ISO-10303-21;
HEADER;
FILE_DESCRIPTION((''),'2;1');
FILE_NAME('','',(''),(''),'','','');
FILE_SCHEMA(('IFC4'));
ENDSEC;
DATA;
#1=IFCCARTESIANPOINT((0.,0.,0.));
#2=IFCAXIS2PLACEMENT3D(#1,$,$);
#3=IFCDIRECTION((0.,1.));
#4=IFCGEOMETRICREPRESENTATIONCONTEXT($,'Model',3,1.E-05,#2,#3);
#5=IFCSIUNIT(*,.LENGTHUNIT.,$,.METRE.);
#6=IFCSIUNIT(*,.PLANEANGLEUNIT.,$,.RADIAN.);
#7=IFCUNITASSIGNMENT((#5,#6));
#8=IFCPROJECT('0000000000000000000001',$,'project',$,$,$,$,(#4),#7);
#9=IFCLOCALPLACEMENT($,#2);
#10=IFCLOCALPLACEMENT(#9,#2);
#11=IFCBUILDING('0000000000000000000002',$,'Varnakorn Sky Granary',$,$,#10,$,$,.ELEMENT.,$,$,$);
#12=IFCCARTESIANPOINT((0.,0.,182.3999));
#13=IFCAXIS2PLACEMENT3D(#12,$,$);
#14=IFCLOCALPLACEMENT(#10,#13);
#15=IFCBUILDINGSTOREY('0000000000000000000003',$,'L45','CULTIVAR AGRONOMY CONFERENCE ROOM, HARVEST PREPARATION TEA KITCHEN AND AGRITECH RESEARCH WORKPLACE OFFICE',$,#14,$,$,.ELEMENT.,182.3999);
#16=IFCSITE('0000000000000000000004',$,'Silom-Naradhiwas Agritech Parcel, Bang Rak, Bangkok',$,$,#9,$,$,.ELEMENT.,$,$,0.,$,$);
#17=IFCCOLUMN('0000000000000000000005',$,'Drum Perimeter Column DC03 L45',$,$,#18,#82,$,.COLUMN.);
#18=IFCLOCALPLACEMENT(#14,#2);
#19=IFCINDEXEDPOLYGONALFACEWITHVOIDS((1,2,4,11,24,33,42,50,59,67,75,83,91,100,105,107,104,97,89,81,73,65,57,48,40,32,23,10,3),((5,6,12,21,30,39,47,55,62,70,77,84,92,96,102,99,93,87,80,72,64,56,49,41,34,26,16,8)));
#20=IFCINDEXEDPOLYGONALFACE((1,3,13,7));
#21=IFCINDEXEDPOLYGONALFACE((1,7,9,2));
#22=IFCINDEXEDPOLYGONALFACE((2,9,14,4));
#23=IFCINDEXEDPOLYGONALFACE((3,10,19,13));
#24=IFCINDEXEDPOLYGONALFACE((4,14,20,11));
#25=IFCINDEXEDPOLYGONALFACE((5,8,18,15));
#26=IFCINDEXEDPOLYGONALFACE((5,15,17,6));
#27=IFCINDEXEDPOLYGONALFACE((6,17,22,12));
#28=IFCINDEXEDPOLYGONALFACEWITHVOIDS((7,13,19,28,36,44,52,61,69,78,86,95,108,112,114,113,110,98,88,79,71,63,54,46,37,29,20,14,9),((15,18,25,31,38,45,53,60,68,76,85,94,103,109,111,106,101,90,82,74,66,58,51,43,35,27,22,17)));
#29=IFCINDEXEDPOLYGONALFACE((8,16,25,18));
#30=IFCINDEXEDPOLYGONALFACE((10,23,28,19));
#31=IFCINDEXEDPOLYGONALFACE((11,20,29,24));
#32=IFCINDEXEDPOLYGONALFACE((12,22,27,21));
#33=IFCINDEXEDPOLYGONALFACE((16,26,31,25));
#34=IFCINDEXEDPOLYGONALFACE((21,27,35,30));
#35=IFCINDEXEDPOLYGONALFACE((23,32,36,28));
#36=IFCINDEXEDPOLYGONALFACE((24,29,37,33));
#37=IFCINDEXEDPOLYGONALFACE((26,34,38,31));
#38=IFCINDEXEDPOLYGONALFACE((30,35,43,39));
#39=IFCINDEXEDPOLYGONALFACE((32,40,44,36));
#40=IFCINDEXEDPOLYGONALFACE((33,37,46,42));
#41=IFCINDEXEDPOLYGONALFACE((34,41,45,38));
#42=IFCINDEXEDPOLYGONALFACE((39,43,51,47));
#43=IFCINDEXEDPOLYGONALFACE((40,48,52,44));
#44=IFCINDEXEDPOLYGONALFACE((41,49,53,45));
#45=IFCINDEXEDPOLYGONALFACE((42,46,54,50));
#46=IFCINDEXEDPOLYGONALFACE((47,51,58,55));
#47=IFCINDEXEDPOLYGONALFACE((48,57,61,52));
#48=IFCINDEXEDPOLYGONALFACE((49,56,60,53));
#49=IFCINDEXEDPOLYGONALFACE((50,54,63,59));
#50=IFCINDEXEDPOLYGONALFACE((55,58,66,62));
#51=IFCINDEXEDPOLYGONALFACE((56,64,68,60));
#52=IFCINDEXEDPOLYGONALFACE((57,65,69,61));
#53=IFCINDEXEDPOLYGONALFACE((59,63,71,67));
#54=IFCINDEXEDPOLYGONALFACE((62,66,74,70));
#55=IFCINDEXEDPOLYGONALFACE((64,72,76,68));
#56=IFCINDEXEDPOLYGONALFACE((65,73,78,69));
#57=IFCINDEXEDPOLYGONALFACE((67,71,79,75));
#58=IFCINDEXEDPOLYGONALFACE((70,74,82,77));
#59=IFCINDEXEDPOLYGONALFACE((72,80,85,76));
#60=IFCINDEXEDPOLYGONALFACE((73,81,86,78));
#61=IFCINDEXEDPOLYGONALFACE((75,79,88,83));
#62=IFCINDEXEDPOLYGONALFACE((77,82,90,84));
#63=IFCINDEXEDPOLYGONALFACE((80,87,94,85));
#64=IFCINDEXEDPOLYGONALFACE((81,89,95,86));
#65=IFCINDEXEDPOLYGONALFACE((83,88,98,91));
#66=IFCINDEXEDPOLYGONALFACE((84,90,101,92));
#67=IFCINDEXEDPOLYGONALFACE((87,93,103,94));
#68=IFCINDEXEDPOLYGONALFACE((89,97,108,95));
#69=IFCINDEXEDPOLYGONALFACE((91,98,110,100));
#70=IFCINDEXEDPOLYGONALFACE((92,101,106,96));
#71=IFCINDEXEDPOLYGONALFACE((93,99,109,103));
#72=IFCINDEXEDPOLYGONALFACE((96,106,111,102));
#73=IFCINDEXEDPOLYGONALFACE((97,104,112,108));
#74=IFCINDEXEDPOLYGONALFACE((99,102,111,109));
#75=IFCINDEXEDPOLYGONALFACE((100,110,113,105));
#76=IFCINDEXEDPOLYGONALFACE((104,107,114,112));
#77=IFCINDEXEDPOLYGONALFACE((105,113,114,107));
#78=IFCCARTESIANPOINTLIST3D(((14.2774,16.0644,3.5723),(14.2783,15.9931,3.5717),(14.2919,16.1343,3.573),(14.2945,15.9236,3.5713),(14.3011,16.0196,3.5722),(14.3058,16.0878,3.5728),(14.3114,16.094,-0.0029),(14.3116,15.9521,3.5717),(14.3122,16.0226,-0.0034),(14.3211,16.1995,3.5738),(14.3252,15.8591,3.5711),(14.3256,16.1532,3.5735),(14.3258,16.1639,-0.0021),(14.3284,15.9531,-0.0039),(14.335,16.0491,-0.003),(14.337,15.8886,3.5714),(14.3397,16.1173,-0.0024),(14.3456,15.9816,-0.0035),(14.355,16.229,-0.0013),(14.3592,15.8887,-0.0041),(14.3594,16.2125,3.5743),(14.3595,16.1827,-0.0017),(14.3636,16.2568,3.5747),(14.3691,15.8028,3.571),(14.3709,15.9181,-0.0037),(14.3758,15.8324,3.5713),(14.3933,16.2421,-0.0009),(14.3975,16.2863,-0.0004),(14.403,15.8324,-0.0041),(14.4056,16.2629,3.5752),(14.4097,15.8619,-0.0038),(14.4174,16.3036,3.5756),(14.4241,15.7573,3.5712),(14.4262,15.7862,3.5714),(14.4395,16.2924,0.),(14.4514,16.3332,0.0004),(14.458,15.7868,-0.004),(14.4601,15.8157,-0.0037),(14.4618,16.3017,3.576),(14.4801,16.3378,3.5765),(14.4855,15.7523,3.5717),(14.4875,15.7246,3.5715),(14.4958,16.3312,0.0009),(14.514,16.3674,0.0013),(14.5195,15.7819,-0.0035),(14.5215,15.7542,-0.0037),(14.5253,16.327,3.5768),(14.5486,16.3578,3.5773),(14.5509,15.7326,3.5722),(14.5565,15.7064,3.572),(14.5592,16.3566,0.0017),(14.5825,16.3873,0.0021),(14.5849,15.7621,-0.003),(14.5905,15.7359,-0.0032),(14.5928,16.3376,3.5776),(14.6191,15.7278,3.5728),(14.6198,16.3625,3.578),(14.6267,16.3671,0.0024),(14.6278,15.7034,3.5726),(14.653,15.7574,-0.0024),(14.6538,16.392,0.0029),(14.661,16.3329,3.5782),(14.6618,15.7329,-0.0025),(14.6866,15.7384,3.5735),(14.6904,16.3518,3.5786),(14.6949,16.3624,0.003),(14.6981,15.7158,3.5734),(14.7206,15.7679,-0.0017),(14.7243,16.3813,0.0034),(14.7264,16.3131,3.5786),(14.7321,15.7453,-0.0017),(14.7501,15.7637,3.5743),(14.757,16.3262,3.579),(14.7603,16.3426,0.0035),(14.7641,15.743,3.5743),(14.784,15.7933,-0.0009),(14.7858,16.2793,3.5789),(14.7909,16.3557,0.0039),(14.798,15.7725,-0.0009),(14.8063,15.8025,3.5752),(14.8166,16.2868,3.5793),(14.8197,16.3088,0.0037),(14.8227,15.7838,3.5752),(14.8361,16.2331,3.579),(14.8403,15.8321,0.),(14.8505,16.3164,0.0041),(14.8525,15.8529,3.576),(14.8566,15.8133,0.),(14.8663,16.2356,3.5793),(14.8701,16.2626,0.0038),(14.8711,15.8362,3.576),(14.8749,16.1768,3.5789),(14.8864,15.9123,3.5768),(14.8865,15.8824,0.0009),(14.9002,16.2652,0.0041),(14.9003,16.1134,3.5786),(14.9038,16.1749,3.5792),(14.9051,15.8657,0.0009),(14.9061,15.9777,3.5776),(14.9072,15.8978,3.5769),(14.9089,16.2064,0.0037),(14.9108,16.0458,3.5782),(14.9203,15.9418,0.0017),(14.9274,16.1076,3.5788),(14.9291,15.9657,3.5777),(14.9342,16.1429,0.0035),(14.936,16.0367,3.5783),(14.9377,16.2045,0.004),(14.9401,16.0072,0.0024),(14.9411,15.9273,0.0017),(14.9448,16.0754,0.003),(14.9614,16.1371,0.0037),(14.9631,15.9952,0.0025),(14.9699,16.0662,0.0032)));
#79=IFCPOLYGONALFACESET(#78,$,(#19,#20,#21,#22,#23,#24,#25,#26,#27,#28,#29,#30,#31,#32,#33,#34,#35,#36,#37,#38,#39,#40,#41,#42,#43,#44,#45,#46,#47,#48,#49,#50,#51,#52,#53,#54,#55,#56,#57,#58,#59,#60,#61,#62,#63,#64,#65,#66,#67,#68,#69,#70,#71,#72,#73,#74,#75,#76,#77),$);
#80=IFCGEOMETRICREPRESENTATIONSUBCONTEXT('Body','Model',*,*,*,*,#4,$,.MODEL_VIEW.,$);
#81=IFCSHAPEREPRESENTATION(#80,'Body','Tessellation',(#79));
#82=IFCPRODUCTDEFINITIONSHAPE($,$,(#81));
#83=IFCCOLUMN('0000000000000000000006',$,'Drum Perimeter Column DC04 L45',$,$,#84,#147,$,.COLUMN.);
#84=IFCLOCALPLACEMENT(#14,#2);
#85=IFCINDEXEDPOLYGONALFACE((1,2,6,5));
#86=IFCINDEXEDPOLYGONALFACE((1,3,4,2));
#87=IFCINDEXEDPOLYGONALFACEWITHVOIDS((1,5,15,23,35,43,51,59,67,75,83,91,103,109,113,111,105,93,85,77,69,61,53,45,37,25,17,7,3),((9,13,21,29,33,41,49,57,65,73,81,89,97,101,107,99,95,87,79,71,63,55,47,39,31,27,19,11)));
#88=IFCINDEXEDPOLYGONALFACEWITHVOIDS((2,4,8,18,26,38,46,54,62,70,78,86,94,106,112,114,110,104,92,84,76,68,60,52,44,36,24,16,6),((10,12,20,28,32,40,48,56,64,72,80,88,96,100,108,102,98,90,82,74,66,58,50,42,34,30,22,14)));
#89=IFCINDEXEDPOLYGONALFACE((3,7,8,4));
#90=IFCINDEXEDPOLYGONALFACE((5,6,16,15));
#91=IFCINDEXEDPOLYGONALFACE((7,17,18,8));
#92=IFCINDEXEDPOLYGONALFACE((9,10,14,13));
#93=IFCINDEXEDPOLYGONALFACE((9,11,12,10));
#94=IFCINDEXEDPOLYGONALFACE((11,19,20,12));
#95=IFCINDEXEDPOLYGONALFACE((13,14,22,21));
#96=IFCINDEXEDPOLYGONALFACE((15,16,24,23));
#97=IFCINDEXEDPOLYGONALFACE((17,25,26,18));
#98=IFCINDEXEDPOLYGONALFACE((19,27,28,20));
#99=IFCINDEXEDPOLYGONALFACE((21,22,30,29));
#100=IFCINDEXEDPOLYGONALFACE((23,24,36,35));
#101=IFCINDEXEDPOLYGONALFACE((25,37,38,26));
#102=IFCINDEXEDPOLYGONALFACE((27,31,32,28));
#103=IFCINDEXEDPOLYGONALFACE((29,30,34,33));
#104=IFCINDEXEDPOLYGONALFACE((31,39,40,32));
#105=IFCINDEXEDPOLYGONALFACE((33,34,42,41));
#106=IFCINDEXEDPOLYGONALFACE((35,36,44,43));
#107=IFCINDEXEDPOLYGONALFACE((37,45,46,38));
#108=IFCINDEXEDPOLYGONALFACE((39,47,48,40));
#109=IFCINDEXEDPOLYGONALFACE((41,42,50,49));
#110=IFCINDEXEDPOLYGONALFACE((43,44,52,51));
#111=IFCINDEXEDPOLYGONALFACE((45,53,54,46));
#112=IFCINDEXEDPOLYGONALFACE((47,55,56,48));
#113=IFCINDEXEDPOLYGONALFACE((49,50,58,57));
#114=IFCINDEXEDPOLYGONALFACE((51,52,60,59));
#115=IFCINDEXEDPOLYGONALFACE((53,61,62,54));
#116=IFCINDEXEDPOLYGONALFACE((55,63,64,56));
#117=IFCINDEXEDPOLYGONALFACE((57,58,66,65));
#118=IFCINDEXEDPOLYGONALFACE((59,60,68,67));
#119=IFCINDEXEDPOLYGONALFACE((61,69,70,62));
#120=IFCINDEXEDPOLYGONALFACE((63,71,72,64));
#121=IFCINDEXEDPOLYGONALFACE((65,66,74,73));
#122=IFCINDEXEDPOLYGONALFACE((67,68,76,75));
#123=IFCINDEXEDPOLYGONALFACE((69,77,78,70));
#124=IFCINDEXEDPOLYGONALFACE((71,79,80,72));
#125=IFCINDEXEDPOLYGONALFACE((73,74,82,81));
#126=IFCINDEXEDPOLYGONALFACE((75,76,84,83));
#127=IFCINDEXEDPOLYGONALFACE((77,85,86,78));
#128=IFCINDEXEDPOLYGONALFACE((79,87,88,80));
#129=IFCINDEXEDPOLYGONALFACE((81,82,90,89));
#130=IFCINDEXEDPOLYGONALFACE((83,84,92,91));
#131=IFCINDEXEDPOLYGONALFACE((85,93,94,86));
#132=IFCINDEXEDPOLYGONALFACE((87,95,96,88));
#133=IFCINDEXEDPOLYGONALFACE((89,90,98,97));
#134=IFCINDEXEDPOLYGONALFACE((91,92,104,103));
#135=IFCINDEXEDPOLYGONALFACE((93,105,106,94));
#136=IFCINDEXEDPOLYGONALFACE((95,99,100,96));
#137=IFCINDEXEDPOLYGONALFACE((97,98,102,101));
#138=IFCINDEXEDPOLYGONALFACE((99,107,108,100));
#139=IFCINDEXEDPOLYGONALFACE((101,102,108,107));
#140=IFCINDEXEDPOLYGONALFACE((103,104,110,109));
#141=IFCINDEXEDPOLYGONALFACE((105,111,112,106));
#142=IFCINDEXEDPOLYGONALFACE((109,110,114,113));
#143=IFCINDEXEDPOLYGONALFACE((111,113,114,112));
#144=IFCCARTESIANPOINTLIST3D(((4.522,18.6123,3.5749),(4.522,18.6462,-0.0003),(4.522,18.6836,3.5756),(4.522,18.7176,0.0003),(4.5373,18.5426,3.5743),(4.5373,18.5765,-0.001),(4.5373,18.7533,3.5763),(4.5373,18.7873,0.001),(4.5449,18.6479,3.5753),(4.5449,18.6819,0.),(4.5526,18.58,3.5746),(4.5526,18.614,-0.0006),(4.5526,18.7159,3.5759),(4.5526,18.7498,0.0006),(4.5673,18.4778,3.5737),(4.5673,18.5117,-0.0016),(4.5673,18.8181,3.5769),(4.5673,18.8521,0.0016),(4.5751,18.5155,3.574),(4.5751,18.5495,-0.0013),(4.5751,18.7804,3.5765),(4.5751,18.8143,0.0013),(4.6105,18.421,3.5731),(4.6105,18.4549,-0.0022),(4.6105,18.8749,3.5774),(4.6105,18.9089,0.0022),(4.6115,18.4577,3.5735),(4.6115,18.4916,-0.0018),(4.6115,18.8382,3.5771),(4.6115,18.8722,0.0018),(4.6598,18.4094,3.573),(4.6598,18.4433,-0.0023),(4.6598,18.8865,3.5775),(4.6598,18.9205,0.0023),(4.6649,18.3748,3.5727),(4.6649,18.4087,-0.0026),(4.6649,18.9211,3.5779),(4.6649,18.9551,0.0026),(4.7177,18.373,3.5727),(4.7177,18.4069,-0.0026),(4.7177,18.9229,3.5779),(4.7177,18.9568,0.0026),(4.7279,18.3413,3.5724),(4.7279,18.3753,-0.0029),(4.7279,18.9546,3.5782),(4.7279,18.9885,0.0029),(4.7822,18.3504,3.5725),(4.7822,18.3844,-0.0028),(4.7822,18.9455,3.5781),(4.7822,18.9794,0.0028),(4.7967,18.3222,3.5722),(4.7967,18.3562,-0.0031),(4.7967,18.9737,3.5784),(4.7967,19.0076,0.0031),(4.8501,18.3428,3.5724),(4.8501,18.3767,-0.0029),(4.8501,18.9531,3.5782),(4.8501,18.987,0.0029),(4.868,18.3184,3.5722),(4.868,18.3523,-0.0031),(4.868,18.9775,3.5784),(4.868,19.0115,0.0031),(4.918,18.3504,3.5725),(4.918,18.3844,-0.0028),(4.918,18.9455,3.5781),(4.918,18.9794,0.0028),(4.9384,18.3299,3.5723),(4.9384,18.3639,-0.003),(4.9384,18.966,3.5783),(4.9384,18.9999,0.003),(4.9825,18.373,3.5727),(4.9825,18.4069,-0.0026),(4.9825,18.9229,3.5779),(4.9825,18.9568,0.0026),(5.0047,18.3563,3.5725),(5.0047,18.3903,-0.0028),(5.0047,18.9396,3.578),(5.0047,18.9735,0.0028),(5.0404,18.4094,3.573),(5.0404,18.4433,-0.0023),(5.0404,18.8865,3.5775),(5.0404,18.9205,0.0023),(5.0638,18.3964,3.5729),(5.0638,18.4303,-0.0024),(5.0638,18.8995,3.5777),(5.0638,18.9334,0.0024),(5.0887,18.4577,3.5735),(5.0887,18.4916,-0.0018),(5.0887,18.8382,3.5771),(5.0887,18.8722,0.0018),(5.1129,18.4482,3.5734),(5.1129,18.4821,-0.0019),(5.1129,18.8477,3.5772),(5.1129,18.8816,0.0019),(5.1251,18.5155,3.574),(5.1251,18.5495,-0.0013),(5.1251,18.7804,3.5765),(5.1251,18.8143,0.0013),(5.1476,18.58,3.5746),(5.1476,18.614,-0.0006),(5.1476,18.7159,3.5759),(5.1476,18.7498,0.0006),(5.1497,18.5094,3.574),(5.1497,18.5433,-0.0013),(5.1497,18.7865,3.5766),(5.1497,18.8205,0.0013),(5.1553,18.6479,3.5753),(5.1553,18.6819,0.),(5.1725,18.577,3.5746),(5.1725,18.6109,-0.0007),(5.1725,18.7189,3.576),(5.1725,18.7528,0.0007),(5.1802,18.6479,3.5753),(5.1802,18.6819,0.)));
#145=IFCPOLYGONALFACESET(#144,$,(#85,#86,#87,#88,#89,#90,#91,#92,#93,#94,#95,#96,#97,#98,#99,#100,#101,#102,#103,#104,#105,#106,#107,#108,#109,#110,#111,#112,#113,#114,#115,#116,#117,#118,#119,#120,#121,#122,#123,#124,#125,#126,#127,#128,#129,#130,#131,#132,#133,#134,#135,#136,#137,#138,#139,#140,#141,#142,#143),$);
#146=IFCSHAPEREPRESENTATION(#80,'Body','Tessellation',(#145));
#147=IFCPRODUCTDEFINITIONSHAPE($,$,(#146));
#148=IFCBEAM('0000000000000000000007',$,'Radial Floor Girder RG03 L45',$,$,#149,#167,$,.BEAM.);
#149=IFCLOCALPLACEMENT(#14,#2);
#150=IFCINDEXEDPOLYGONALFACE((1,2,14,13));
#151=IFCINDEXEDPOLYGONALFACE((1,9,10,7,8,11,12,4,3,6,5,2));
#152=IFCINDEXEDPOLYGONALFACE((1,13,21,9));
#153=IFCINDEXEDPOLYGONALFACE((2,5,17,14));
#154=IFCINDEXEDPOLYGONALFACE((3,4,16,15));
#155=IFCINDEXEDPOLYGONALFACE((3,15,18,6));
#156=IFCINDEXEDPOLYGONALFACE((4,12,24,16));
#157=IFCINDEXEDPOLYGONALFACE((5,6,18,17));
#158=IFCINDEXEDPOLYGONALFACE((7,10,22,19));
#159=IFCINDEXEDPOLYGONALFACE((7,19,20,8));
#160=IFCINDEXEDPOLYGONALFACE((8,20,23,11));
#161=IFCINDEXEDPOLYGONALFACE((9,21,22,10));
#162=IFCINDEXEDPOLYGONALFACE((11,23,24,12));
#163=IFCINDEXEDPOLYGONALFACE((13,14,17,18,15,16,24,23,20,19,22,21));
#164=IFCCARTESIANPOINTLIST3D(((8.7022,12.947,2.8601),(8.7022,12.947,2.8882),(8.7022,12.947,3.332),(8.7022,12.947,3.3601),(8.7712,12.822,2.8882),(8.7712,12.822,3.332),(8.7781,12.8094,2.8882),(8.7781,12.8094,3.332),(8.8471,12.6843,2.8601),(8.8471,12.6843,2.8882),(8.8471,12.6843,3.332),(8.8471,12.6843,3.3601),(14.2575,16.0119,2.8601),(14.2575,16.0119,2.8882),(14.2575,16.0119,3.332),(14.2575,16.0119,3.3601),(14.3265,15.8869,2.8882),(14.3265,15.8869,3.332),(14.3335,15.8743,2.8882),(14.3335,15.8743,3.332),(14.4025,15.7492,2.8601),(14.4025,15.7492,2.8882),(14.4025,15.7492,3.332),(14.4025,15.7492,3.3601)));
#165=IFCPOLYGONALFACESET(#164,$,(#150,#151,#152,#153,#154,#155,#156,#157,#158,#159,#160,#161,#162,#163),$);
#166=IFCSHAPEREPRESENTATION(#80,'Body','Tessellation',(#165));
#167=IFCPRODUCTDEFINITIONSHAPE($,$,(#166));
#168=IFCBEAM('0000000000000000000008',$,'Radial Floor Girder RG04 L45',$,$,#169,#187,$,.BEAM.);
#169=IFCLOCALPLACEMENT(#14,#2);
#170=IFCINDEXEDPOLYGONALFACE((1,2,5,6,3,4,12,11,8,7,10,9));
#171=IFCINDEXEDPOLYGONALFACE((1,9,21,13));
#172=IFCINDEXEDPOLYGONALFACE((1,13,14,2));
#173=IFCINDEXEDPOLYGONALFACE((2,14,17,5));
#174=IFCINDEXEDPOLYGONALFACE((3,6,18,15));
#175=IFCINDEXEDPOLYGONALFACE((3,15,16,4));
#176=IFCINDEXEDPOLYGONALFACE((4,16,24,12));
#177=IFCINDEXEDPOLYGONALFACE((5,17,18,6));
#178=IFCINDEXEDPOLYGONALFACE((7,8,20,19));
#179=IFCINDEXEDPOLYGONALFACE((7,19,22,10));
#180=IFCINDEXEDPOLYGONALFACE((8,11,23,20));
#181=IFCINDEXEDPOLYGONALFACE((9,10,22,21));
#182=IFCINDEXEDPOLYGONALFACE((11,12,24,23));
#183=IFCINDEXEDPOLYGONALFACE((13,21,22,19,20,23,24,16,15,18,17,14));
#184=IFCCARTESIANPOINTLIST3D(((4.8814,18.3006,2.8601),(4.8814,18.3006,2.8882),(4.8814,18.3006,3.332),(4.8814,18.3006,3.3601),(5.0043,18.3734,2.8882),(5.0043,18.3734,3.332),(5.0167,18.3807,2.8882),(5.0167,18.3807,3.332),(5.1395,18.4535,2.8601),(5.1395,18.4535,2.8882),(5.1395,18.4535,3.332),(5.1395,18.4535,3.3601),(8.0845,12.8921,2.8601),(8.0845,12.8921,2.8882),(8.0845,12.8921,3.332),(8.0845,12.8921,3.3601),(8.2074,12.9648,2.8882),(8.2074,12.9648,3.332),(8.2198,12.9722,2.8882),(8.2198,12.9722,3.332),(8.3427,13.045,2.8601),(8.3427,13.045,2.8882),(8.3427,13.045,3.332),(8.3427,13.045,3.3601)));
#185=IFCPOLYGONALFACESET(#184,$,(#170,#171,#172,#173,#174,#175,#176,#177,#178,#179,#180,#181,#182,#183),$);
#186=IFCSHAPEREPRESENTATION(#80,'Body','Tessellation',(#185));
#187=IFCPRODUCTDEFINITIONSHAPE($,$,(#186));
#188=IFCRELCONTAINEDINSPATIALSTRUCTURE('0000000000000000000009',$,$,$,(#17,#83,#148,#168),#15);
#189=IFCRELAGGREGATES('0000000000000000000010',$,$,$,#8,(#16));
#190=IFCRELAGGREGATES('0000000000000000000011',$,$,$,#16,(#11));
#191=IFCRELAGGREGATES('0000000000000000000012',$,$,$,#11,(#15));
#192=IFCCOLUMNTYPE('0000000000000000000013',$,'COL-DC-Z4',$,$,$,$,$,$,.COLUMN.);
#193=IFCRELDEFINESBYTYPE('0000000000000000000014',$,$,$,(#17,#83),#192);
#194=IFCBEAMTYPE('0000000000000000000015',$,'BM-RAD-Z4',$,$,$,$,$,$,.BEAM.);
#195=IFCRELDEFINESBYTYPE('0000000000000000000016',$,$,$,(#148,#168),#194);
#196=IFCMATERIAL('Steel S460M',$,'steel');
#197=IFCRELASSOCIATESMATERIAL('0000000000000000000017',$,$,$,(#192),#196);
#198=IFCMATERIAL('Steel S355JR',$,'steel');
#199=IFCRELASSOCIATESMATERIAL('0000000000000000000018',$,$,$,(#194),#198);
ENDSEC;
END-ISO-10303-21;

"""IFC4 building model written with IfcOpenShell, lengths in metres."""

from ifc_helpers import new_model, si_unit, direction, frame, origin, origin_2d, place, context, subcontext, project, spatial, hollow_circle, i_section, extrude, material, material_profile, profile_set, type_object, element, save


model = new_model("IFC4")

# Units and contexts
model_context = context("Model", 3, precision=1e-05, world=origin(), true_north=direction((0.0, 1.0)))
body_context = subcontext(model_context, "Body", "Model", "MODEL_VIEW")
ifc_project = project(units=[si_unit("LENGTHUNIT", "METRE"), si_unit("PLANEANGLEUNIT", "RADIAN")], contexts=[model_context])

# Site, building, storey
site_placement = place(None, origin())
site = spatial("IfcSite", under=ifc_project, at=site_placement, Name="Silom-Naradhiwas Agritech Parcel, Bang Rak, Bangkok", CompositionType="ELEMENT", RefElevation=0.0)
building_placement = place(site_placement, origin())
building = spatial("IfcBuilding", under=site, at=building_placement, Name="Varnakorn Sky Granary", CompositionType="ELEMENT")
storey_placement = place(building_placement, frame((0.0, 0.0, 182.3999)))
storey = spatial("IfcBuildingStorey", under=building, at=storey_placement, Name="L45", Description="CULTIVAR AGRONOMY CONFERENCE ROOM, HARVEST PREPARATION TEA KITCHEN AND AGRITECH RESEARCH WORKPLACE OFFICE", CompositionType="ELEMENT", Elevation=182.3999)

# Columns
ifc_material_1 = material(Name="Steel S460M", Category="steel")
ifc_material_profile_1 = material_profile(ifc_material_1, hollow_circle(Radius=0.3301, WallThickness=0.0249, at=origin_2d()), Name="CHS 660x25")
ifc_profile_set_1 = profile_set([ifc_material_profile_1], Name="Steel S460M")
column_type = type_object("IfcColumnType", Name="COL-DC-Z4", PredefinedType="COLUMN", material=ifc_profile_set_1)
for number, where, z_axis, x_axis, name in (
    (1, (14.6399, 16.0623, 0.0), (-0.009491, -0.008262, 0.999921), (0.656582, -0.754255, 0.0), "Drum Perimeter Column DC03 L45"),
    (2, (4.8501, 18.6819, 0.0), (0.0, -0.009492, 0.999955), (1.0, 0.0, 0.0), "Drum Perimeter Column DC04 L45"),
):
    element("IfcColumn", number, at=place(storey_placement, frame(where, z_axis=z_axis, x_axis=x_axis)), inside=storey, type_object=column_type, Name=name, PredefinedType="COLUMN", context=body_context, shape_type="SweptSolid", body=[
        extrude(hollow_circle(Radius=0.3301, WallThickness=0.0249, at=origin_2d()), origin(), (0.0, 0.0, 1.0), 3.5754),
    ])

# Beams
ifc_material_2 = material(Name="Steel S355JR", Category="steel")
ifc_material_profile_2 = material_profile(ifc_material_2, i_section(OverallWidth=0.3, OverallDepth=0.5, WebThickness=0.0144, FlangeThickness=0.0281, at=origin_2d()), Name="HE 500 B")
ifc_profile_set_2 = profile_set([ifc_material_profile_2], Name="Steel S355JR")
beam_type_1 = type_object("IfcBeamType", Name="BM-RAD-Z4", PredefinedType="BEAM", material=ifc_profile_set_2)
beam_1_placement = place(storey_placement, frame((8.7747, 12.8157, 3.1101), z_axis=(0.875586, 0.483063, 0.0), x_axis=(-0.483063, 0.875586, 0.0)))
element("IfcBeam", 3, at=beam_1_placement, inside=storey, type_object=beam_type_1, Name="Radial Floor Girder RG03 L45", PredefinedType="BEAM", context=body_context, shape_type="SweptSolid", body=[
    extrude(i_section(OverallWidth=0.3, OverallDepth=0.5, WebThickness=0.0144, FlangeThickness=0.0281, at=origin_2d()), origin(), (0.0, 0.0, 1.0), 6.3447),
])
beam_2_placement = place(storey_placement, frame((8.2136, 12.9685, 3.1101), z_axis=(-0.509581, 0.860423, 0.0), x_axis=(-0.860423, -0.509581, 0.0)))
element("IfcBeam", 4, at=beam_2_placement, inside=storey, type_object=beam_type_1, Name="Radial Floor Girder RG04 L45", PredefinedType="BEAM", context=body_context, shape_type="SweptSolid", body=[
    extrude(i_section(OverallWidth=0.3, OverallDepth=0.5, WebThickness=0.0144, FlangeThickness=0.0281, at=origin_2d()), origin(), (0.0, 0.0, 1.0), 6.2859),
])

save(model, "model.ifc")
